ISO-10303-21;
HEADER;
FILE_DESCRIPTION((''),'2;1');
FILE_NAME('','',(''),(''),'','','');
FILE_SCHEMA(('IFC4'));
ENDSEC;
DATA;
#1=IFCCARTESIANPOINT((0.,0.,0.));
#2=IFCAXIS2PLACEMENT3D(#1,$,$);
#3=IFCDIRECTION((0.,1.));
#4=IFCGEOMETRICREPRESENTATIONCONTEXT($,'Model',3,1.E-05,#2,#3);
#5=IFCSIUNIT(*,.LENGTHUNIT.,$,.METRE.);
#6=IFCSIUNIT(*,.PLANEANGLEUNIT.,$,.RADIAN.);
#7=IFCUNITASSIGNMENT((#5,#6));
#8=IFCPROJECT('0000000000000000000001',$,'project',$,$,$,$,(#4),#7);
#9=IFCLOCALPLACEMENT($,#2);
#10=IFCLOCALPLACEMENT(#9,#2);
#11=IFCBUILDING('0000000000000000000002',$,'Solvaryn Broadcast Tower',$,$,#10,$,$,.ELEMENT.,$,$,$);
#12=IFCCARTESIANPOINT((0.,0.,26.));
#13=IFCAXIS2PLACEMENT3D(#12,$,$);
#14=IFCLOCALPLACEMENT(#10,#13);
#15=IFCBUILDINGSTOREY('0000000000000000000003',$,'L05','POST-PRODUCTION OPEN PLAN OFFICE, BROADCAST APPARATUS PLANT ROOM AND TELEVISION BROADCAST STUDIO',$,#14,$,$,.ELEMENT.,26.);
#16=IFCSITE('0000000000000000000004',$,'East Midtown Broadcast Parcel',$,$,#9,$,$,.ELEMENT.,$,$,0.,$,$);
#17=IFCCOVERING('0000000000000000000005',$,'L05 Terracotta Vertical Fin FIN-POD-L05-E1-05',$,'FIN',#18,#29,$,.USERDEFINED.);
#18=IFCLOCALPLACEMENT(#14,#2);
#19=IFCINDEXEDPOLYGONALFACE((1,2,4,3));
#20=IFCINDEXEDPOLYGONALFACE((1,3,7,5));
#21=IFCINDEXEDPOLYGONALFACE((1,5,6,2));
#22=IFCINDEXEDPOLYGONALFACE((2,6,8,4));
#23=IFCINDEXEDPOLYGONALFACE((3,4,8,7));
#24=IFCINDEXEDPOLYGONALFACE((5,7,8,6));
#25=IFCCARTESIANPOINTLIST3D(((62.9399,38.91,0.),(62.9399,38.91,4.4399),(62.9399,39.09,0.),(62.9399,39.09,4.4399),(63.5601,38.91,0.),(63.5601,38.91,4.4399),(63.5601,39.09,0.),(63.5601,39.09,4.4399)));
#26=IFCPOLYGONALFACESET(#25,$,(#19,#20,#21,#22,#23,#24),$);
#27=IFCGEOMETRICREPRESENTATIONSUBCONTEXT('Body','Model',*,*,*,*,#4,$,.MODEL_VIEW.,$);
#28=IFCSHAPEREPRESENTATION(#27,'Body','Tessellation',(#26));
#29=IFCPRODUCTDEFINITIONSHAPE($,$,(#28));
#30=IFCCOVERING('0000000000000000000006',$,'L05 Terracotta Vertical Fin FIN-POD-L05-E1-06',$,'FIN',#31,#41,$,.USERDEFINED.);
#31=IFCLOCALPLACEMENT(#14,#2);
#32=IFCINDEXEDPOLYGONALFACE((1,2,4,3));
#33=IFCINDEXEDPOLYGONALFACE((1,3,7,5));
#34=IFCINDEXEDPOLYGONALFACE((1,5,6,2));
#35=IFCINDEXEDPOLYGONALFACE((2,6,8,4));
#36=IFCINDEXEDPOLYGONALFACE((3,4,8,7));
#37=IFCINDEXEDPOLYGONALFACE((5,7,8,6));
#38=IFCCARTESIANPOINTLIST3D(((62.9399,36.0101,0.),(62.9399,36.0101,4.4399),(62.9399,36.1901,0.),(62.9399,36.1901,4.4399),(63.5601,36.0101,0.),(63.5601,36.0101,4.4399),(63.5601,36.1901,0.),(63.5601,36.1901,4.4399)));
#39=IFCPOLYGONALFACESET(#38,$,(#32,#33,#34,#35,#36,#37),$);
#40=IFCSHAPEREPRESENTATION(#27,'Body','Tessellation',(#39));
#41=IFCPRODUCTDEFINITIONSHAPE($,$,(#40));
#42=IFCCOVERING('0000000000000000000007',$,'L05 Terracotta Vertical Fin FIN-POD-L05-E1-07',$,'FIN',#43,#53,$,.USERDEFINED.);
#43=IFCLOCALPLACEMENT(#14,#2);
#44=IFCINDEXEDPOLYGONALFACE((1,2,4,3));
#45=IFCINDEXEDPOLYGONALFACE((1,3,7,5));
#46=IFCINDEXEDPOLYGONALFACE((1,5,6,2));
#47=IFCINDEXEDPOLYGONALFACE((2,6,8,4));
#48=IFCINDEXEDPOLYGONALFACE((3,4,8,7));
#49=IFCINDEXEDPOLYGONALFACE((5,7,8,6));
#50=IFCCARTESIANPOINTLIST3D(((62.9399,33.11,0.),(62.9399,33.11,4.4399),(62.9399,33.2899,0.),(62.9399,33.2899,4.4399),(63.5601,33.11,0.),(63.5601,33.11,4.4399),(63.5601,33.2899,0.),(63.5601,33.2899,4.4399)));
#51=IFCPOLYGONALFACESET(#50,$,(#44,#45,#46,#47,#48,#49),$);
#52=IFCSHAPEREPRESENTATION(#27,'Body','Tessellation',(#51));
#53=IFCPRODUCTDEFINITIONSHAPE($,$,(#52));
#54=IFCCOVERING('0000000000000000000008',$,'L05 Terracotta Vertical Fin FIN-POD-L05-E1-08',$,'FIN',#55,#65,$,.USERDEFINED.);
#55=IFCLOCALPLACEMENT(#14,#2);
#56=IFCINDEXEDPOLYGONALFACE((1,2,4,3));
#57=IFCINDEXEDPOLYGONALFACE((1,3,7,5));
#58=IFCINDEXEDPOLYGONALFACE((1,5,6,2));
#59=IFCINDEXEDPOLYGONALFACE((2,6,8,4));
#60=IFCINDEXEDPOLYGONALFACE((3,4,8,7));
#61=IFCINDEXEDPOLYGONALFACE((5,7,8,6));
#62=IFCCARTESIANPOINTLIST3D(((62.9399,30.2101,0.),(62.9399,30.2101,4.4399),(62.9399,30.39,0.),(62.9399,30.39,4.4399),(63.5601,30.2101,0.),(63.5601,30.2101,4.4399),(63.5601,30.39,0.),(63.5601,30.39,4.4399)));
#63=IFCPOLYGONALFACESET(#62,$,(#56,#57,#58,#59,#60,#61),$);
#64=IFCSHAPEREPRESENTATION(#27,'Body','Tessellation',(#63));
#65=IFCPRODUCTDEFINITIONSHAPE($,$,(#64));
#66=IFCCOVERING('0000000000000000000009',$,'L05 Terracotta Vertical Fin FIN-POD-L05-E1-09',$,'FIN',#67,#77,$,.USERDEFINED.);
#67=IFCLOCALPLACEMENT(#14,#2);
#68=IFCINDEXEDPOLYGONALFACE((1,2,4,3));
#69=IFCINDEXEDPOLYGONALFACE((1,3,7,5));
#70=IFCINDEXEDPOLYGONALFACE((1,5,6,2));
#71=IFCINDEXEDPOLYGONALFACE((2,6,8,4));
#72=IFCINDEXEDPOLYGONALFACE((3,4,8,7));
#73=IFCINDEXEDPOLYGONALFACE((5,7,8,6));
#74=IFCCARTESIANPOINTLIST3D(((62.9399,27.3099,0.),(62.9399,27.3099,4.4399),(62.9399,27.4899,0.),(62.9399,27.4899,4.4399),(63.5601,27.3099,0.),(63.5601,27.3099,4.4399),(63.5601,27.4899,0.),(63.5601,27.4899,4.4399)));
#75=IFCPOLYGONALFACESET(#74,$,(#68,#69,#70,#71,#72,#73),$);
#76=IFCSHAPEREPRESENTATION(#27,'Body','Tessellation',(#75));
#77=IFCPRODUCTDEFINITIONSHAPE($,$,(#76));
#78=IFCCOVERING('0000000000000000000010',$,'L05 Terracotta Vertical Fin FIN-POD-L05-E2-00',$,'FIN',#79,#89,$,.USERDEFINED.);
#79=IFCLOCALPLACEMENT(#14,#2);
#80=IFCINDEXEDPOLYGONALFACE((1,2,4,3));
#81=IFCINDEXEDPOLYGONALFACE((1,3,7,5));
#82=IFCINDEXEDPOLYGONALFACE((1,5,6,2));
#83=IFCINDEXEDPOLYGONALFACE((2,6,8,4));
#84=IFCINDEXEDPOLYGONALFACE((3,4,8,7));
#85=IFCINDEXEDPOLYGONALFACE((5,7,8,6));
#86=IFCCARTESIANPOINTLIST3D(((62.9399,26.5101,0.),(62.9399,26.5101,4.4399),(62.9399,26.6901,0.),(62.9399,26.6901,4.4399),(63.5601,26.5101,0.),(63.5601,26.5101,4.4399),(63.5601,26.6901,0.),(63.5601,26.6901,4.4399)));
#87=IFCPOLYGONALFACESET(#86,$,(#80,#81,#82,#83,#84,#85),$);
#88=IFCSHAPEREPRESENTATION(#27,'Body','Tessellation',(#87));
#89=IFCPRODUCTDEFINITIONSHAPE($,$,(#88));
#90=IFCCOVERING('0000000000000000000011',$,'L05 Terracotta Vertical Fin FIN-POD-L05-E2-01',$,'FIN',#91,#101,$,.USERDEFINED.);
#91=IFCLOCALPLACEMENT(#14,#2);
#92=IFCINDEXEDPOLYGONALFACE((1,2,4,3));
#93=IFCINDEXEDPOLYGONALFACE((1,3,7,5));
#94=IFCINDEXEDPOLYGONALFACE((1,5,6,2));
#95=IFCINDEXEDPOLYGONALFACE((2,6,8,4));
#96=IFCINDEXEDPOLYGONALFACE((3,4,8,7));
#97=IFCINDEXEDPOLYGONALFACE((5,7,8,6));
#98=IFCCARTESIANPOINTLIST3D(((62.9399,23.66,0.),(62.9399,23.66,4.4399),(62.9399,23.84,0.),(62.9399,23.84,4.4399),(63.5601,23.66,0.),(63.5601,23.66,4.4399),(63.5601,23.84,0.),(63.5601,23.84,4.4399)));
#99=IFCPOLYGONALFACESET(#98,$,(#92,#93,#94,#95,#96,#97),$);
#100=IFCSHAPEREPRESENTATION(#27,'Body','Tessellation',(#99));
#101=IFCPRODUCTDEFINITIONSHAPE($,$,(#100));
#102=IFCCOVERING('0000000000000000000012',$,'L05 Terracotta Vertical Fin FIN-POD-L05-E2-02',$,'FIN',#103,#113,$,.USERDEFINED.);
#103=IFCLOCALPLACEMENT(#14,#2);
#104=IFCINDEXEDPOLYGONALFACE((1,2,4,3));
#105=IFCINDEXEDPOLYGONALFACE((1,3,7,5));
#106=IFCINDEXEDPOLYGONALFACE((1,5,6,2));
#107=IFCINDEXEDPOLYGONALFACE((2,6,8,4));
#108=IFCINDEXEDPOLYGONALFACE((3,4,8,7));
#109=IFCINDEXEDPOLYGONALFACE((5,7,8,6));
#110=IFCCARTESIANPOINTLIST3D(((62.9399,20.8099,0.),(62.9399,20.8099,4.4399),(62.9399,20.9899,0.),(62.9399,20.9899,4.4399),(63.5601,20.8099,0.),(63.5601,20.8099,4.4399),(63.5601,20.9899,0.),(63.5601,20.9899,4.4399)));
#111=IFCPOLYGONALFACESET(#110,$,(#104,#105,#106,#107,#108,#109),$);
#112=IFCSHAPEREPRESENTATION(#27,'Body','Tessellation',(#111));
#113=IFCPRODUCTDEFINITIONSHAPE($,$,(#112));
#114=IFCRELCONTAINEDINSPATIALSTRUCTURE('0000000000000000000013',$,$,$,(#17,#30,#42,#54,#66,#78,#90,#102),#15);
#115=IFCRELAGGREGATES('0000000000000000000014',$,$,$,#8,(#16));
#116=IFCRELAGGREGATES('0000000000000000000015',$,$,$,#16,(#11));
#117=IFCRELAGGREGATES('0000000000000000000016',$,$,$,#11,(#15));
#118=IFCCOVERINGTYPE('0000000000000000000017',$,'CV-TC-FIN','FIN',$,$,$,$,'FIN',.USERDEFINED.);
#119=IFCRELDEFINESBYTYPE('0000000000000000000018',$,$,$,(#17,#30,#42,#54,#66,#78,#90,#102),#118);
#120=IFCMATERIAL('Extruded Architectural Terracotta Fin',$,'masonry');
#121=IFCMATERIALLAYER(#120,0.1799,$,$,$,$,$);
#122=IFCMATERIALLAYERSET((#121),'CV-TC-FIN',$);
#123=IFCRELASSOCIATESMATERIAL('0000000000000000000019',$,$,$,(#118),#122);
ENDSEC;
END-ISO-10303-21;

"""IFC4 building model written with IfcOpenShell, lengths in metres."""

from ifc_helpers import new_model, si_unit, direction, frame, origin, origin_2d, place, context, subcontext, project, spatial, rectangle, extrude, material, layer, layer_set, type_object, element, save


model = new_model("IFC4")

# Units and contexts
model_context = context("Model", 3, precision=1e-05, world=origin(), true_north=direction((0.0, 1.0)))
body_context = subcontext(model_context, "Body", "Model", "MODEL_VIEW")
ifc_project = project(units=[si_unit("LENGTHUNIT", "METRE"), si_unit("PLANEANGLEUNIT", "RADIAN")], contexts=[model_context])

# Site, building, storey
site_placement = place(None, origin())
site = spatial("IfcSite", under=ifc_project, at=site_placement, Name="East Midtown Broadcast Parcel", CompositionType="ELEMENT", RefElevation=0.0)
building_placement = place(site_placement, origin())
building = spatial("IfcBuilding", under=site, at=building_placement, Name="Solvaryn Broadcast Tower", CompositionType="ELEMENT")
storey_placement = place(building_placement, frame((0.0, 0.0, 26.0)))
storey = spatial("IfcBuildingStorey", under=building, at=storey_placement, Name="L05", Description="POST-PRODUCTION OPEN PLAN OFFICE, BROADCAST APPARATUS PLANT ROOM AND TELEVISION BROADCAST STUDIO", CompositionType="ELEMENT", Elevation=26.0)

# Coverings
ifc_material_1 = material(Name="Extruded Architectural Terracotta Fin", Category="masonry")
ifc_layer_1 = layer(ifc_material_1, 0.1799)
ifc_layer_set_1 = layer_set([ifc_layer_1], Name="CV-TC-FIN")
covering_type = type_object("IfcCoveringType", Name="CV-TC-FIN", Description="FIN", ElementType="FIN", PredefinedType="USERDEFINED", material=ifc_layer_set_1)
for number, where, z_axis, x_axis, name in (
    (1, (63.25, 39.0, 0.0), (0.0, 0.0, 1.0), (1.0, 0.0, 0.0), "L05 Terracotta Vertical Fin FIN-POD-L05-E1-05"),
    (2, (63.25, 36.1001, 0.0), (0.0, 0.0, 1.0), (1.0, 0.0, 0.0), "L05 Terracotta Vertical Fin FIN-POD-L05-E1-06"),
    (3, (63.25, 33.2, 0.0), (0.0, 0.0, 1.0), (1.0, 0.0, 0.0), "L05 Terracotta Vertical Fin FIN-POD-L05-E1-07"),
    (4, (63.25, 30.3, 0.0), (0.0, 0.0, 1.0), (1.0, 0.0, 0.0), "L05 Terracotta Vertical Fin FIN-POD-L05-E1-08"),
    (5, (63.25, 27.3999, 0.0), (0.0, 0.0, 1.0), (1.0, 0.0, 0.0), "L05 Terracotta Vertical Fin FIN-POD-L05-E1-09"),
    (6, (63.25, 26.6001, 0.0), (0.0, 0.0, 1.0), (1.0, 0.0, 0.0), "L05 Terracotta Vertical Fin FIN-POD-L05-E2-00"),
    (7, (63.25, 23.75, 0.0), (0.0, 0.0, 1.0), (1.0, 0.0, 0.0), "L05 Terracotta Vertical Fin FIN-POD-L05-E2-01"),
    (8, (63.25, 20.8999, 0.0), (0.0, 0.0, 1.0), (1.0, 0.0, 0.0), "L05 Terracotta Vertical Fin FIN-POD-L05-E2-02"),
):
    element("IfcCovering", number, at=place(storey_placement, frame(where, z_axis=z_axis, x_axis=x_axis)), inside=storey, type_object=covering_type, Name=name, ObjectType="FIN", PredefinedType="USERDEFINED", context=body_context, shape_type="SweptSolid", body=[
        extrude(rectangle(XDim=0.6201, YDim=0.1799, at=origin_2d()), origin(), (0.0, 0.0, 1.0), 4.4399),
    ])

save(model, "model.ifc")
